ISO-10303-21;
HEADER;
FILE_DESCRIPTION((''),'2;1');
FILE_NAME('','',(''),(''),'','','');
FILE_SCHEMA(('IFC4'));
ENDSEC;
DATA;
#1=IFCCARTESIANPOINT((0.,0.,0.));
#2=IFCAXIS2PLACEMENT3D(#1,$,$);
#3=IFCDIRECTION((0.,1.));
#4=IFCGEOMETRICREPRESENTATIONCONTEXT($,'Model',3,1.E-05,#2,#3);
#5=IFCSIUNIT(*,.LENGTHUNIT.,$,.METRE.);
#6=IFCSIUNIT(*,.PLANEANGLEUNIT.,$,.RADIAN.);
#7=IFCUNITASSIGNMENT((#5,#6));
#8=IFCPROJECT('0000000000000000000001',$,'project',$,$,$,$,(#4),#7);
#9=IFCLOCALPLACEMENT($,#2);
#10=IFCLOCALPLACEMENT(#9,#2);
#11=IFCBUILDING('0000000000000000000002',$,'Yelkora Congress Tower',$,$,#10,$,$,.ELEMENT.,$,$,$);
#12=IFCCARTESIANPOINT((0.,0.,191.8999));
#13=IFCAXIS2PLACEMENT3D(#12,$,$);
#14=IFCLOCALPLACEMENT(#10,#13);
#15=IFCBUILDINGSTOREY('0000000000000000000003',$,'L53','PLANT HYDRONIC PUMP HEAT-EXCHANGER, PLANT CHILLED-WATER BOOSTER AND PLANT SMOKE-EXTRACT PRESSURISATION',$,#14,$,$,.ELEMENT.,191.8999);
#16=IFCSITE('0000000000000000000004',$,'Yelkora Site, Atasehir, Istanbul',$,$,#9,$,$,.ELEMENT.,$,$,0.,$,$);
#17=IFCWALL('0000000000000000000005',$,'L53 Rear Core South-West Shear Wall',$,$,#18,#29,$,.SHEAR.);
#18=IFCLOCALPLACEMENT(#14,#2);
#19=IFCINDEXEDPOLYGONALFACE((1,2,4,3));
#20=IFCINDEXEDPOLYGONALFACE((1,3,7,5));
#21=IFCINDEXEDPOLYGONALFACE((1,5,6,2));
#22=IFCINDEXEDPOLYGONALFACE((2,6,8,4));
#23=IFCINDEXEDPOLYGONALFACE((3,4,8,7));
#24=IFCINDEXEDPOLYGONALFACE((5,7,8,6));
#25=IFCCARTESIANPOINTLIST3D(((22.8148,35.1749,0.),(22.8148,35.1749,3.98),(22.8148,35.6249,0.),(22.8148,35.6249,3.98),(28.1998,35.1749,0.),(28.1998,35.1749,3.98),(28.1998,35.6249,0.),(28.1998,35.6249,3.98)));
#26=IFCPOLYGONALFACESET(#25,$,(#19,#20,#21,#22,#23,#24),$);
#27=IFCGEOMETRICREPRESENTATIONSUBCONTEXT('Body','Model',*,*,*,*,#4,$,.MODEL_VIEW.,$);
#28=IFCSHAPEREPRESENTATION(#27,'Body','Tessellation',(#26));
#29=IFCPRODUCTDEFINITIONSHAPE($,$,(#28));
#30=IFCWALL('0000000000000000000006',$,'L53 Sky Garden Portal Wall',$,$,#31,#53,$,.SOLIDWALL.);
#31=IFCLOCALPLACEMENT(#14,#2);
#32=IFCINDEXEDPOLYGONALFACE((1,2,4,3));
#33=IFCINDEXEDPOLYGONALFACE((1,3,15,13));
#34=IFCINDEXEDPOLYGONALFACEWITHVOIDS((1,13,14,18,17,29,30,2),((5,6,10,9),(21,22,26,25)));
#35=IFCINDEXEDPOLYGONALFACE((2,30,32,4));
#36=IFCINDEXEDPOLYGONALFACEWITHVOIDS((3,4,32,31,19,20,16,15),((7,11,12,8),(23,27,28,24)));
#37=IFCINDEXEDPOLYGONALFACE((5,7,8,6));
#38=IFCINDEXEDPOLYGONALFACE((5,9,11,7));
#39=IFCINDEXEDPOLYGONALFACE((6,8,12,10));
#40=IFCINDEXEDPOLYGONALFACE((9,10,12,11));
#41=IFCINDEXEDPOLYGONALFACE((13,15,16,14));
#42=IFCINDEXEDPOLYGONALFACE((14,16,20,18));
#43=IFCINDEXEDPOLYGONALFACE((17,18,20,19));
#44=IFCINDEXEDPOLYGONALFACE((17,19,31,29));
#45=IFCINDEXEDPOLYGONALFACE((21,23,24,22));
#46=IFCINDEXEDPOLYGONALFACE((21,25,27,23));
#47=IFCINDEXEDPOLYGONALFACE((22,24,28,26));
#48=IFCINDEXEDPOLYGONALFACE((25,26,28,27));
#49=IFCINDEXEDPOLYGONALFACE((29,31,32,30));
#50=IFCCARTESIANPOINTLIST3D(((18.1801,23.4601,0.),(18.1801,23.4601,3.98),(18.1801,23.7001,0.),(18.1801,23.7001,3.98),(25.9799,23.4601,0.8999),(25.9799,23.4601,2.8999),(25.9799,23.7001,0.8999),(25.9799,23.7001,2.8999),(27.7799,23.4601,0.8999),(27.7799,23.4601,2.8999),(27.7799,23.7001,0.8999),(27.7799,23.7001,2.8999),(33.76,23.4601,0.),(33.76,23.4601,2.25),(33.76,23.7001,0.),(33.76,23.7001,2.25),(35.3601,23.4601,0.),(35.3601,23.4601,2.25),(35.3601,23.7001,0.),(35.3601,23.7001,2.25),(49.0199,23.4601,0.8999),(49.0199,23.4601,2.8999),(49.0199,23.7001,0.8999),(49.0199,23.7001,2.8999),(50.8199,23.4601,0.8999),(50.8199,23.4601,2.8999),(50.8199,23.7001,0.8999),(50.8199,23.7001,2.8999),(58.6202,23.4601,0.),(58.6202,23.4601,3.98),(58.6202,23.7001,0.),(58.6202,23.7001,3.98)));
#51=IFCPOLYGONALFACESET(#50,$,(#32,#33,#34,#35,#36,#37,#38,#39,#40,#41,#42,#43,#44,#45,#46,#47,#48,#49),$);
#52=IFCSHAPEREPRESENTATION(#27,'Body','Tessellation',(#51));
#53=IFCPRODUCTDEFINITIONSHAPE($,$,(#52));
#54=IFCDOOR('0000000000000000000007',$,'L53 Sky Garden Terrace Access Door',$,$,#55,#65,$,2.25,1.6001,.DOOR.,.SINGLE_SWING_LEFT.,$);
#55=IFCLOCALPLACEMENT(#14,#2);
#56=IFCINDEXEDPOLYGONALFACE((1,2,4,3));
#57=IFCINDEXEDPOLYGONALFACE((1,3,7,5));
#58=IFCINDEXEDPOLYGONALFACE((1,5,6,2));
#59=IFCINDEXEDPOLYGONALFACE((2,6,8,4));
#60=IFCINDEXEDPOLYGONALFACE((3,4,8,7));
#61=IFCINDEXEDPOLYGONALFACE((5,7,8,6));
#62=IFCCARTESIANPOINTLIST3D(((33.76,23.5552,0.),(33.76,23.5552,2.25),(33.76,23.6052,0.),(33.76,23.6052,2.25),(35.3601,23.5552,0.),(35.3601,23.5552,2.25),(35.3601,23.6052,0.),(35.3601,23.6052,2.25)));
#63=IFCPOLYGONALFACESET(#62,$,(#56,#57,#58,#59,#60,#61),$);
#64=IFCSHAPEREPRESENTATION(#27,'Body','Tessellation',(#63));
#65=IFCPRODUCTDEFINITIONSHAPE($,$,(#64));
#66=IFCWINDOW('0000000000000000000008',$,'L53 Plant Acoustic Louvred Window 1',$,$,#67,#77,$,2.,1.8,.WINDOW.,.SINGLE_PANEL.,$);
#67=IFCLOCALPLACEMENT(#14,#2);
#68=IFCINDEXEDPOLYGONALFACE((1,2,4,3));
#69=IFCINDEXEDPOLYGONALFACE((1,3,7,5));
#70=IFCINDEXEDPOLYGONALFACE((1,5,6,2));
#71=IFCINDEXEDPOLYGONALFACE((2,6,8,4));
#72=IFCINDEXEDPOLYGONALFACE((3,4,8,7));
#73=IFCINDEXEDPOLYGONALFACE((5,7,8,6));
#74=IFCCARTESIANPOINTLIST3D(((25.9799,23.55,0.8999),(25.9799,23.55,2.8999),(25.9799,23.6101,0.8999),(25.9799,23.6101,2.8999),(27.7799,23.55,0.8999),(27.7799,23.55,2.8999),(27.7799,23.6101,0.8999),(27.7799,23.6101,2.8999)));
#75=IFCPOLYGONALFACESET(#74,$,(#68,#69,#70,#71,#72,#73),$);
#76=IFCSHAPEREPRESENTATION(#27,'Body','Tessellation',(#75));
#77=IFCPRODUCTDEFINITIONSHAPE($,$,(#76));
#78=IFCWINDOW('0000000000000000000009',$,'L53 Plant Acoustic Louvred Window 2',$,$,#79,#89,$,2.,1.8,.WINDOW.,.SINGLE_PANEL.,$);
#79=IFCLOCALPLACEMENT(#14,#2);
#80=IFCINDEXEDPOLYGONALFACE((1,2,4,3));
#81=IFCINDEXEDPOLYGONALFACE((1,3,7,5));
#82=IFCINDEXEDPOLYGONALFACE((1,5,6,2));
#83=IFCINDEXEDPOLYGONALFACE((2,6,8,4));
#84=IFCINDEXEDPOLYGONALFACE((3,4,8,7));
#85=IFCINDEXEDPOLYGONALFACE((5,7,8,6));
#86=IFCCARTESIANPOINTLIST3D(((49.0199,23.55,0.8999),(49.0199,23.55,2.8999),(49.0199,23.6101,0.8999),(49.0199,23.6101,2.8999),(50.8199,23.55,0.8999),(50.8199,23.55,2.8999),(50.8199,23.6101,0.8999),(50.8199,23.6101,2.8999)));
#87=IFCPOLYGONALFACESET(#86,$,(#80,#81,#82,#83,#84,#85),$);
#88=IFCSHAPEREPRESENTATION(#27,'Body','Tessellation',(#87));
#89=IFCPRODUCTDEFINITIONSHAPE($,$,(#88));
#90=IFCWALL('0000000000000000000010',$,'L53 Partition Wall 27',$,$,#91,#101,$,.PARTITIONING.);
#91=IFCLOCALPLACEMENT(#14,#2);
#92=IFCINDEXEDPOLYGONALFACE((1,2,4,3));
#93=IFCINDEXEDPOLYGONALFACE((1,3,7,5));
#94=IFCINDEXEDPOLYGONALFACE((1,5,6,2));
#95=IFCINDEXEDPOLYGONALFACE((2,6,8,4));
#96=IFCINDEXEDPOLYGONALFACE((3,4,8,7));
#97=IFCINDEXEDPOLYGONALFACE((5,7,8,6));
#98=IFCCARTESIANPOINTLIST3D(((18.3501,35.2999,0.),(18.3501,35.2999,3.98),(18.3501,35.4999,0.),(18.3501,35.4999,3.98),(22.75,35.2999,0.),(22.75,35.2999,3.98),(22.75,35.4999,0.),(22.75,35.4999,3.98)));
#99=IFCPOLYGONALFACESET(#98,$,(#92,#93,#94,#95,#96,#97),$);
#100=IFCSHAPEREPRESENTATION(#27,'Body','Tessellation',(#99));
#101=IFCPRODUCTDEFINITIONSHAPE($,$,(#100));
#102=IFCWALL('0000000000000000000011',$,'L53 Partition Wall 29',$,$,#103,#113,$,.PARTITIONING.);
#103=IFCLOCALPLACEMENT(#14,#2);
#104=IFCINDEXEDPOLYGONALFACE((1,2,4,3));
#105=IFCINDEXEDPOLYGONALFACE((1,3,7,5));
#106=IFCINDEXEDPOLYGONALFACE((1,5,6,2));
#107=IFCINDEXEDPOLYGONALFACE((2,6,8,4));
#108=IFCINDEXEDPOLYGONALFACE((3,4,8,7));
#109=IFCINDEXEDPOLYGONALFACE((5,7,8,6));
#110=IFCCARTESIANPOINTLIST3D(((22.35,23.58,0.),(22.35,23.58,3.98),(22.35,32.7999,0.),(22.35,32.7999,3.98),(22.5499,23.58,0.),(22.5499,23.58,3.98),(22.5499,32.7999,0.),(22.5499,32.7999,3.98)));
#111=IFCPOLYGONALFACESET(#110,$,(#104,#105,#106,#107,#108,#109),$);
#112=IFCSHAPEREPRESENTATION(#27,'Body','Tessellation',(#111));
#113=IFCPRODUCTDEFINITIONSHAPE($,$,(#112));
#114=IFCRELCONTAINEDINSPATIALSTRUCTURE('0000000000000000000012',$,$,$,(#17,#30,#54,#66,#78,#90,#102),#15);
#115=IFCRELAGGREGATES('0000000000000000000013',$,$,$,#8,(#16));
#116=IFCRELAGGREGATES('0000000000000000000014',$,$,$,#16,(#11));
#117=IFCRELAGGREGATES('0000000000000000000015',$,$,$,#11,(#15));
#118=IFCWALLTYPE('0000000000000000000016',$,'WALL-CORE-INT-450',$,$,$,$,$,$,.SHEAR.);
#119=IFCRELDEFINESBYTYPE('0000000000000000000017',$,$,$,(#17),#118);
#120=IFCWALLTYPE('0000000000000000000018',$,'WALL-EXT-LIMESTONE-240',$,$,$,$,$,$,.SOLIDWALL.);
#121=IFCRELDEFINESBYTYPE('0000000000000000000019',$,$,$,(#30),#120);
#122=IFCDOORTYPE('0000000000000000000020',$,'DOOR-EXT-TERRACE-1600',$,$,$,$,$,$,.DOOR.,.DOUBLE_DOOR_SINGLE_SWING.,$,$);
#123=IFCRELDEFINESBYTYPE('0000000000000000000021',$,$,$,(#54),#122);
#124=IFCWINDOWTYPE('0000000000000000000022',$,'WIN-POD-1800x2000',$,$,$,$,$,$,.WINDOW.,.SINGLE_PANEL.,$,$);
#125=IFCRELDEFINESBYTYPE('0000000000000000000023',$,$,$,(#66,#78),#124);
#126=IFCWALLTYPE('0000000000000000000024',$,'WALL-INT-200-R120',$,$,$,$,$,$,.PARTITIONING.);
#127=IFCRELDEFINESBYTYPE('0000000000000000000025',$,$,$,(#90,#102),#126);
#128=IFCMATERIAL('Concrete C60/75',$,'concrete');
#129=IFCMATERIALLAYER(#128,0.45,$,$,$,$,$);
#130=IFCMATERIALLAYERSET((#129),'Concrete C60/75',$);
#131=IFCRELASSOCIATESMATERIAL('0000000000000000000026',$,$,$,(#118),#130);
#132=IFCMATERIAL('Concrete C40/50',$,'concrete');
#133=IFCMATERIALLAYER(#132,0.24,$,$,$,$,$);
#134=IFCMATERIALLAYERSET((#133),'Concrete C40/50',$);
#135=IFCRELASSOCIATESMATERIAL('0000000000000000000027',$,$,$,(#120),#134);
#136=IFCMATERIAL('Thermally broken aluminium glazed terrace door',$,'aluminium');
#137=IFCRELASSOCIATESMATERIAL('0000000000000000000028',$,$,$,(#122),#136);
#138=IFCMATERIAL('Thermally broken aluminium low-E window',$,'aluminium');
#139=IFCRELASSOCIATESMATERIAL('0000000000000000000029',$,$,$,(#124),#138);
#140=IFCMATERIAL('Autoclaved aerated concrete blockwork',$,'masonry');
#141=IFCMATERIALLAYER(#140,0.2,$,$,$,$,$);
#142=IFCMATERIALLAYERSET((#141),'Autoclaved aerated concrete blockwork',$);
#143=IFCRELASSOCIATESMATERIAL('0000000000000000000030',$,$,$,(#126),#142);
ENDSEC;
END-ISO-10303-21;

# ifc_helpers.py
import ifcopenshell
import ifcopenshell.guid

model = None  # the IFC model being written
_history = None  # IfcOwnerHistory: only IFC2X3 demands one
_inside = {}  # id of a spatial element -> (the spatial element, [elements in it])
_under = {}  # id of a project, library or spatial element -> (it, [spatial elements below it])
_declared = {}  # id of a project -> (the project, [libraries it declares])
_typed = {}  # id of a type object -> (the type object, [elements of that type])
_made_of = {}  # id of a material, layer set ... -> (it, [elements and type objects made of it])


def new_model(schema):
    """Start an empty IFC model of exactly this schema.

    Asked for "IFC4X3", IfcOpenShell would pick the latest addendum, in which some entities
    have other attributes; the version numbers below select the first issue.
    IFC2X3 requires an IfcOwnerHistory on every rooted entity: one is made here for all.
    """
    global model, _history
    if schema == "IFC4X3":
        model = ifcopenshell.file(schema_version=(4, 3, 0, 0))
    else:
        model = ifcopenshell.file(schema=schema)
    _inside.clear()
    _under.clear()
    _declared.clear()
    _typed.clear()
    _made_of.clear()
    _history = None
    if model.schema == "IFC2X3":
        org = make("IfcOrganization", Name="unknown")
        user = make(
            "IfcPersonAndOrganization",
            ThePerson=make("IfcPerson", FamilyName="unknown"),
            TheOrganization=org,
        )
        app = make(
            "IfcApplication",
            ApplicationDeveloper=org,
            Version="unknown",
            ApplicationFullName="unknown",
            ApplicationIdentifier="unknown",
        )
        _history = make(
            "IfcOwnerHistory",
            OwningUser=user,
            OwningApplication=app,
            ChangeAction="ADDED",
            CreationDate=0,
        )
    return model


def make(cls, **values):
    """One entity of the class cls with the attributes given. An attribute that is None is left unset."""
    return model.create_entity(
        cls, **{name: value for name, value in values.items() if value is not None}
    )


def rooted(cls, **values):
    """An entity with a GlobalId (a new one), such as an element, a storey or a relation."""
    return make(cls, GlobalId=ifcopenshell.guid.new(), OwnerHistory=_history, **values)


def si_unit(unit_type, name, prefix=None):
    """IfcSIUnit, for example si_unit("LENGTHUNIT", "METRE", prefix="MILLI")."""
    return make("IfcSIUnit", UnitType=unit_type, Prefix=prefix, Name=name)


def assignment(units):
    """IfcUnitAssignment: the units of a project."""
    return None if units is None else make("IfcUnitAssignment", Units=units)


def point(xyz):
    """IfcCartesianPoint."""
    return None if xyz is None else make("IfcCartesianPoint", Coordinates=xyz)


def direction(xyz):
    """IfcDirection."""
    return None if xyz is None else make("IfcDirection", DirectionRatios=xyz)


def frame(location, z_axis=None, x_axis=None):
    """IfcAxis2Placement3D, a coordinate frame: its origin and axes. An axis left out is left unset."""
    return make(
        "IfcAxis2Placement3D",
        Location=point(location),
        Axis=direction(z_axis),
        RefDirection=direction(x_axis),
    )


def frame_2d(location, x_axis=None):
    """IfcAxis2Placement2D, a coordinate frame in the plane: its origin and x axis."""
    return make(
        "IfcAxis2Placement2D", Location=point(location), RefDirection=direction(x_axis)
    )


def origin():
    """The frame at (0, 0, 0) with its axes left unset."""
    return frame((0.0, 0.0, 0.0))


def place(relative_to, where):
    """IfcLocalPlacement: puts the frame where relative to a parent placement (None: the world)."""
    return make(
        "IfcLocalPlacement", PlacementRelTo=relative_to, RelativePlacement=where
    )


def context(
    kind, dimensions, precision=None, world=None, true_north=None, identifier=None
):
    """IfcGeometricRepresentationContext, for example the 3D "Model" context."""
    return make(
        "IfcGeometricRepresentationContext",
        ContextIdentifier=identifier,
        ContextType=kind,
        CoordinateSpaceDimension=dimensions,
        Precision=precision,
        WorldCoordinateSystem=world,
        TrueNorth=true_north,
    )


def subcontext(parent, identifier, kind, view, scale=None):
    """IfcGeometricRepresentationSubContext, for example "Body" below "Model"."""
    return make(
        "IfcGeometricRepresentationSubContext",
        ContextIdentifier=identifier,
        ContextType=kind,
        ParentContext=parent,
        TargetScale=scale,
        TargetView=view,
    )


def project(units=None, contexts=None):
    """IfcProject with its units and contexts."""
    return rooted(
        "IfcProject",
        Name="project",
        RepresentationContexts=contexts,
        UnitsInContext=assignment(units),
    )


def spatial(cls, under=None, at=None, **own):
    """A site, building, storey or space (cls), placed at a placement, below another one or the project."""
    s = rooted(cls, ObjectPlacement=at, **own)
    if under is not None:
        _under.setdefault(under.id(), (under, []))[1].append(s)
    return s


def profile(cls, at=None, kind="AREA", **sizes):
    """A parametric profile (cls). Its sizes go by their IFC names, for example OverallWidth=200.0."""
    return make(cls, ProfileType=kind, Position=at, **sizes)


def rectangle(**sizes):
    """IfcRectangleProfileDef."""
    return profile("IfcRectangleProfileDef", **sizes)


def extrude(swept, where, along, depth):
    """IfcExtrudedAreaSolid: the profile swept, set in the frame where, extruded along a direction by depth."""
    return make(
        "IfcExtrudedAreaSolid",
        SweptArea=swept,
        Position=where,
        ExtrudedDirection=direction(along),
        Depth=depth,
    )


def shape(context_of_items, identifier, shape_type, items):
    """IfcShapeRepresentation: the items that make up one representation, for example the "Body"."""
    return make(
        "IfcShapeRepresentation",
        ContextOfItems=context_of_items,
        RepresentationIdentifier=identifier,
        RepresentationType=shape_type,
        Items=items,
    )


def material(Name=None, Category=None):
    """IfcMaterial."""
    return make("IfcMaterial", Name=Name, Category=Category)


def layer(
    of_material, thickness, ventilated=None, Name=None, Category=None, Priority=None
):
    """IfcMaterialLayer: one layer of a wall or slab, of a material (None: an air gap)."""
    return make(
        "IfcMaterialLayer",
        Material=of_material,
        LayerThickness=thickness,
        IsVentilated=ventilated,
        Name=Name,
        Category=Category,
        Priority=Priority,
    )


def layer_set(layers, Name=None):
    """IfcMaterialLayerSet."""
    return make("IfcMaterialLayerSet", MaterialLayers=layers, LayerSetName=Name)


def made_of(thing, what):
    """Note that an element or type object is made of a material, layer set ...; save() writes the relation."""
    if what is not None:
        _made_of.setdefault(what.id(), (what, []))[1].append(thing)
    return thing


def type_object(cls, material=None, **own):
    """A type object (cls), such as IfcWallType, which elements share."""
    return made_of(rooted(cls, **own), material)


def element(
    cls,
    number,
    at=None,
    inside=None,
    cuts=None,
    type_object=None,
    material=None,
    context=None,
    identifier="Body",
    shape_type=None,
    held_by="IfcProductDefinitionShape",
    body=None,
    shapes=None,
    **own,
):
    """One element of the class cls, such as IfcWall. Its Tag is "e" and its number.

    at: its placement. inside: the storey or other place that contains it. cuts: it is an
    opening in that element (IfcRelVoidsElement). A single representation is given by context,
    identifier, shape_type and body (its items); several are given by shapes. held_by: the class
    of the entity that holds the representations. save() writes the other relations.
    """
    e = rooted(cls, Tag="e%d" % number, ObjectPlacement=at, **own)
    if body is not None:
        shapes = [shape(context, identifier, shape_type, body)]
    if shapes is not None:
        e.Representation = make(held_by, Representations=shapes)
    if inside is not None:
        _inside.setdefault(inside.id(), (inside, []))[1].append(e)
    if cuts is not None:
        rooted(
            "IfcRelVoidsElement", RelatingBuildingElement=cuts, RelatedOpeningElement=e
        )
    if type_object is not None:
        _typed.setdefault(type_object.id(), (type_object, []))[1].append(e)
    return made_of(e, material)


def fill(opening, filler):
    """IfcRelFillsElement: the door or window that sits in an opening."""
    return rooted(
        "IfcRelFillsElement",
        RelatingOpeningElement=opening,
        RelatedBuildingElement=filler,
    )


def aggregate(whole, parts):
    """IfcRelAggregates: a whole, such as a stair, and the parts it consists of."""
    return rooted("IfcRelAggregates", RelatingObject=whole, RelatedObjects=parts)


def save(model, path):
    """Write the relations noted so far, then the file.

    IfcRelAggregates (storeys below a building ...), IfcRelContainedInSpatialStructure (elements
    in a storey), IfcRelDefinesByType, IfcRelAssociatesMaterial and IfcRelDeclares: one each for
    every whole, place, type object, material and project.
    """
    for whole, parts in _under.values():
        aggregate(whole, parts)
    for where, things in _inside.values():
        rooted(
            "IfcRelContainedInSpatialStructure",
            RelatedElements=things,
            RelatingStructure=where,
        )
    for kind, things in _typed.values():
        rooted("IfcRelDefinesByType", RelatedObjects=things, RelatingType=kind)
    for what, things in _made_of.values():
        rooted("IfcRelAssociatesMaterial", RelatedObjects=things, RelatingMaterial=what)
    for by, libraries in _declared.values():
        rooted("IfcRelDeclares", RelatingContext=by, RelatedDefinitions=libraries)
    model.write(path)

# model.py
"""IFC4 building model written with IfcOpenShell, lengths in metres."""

from ifc_helpers import new_model, si_unit, direction, frame, frame_2d, origin, place, context, subcontext, project, spatial, rectangle, extrude, material, layer, layer_set, type_object, element, fill, save


model = new_model("IFC4")

# Units and contexts
model_context = context("Model", 3, precision=1e-05, world=origin(), true_north=direction((0.0, 1.0)))
body_context = subcontext(model_context, "Body", "Model", "MODEL_VIEW")
ifc_project = project(units=[si_unit("LENGTHUNIT", "METRE"), si_unit("PLANEANGLEUNIT", "RADIAN")], contexts=[model_context])

# Site, building, storey
site_placement = place(None, origin())
site = spatial("IfcSite", under=ifc_project, at=site_placement, Name="Yelkora Site, Atasehir, Istanbul", CompositionType="ELEMENT", RefElevation=0.0)
building_placement = place(site_placement, origin())
building = spatial("IfcBuilding", under=site, at=building_placement, Name="Yelkora Congress Tower", CompositionType="ELEMENT")
storey_placement = place(building_placement, frame((0.0, 0.0, 191.8999)))
storey = spatial("IfcBuildingStorey", under=building, at=storey_placement, Name="L53", Description="PLANT HYDRONIC PUMP HEAT-EXCHANGER, PLANT CHILLED-WATER BOOSTER AND PLANT SMOKE-EXTRACT PRESSURISATION", CompositionType="ELEMENT", Elevation=191.8999)

# Shared definitions
ifc_material_1 = material(Name="Concrete C40/50", Category="concrete")

# Shared definitions
ifc_material_2 = material(Name="Concrete C60/75", Category="concrete")

# Wall
ifc_layer_1 = layer(ifc_material_2, 0.45)
ifc_layer_set_1 = layer_set([ifc_layer_1], Name="Concrete C60/75")
wall_type_1 = type_object("IfcWallType", Name="WALL-CORE-INT-450", PredefinedType="SHEAR", material=ifc_layer_set_1)
wall_1_placement = place(storey_placement, frame((22.8149, 35.3999, 0.0), z_axis=(0.0, 0.0, 1.0), x_axis=(1.0, 0.0, 0.0)))
element("IfcWall", 1, at=wall_1_placement, inside=storey, type_object=wall_type_1, Name="L53 Rear Core South-West Shear Wall", PredefinedType="SHEAR", context=body_context, shape_type="SweptSolid", body=[
    extrude(rectangle(XDim=5.385, YDim=0.45, at=frame_2d((2.6924, 0.0))), origin(), (0.0, 0.0, 1.0), 3.98),
])

# Wall, openings, door, windows
ifc_layer_2 = layer(ifc_material_1, 0.24)
ifc_layer_set_2 = layer_set([ifc_layer_2], Name="Concrete C40/50")
wall_type_2 = type_object("IfcWallType", Name="WALL-EXT-LIMESTONE-240", PredefinedType="SOLIDWALL", material=ifc_layer_set_2)
wall_2_placement = place(storey_placement, frame((18.1799, 23.5801, 0.0), z_axis=(0.0, 0.0, 1.0), x_axis=(1.0, 0.0, 0.0)))
wall_2 = element("IfcWall", 2, at=wall_2_placement, inside=storey, type_object=wall_type_2, Name="L53 Sky Garden Portal Wall", PredefinedType="SOLIDWALL", context=body_context, shape_type="SweptSolid", body=[
    extrude(rectangle(XDim=40.4402, YDim=0.24, at=frame_2d((20.2202, 0.0))), origin(), (0.0, 0.0, 1.0), 3.98),
])
opening_1_placement = place(wall_2_placement, frame((15.5801, 0.0, 0.0)))
opening_1 = element("IfcOpeningElement", 3, at=opening_1_placement, cuts=wall_2, PredefinedType="OPENING", context=body_context, shape_type="SweptSolid", body=[
    extrude(rectangle(XDim=1.6001, YDim=2.25, at=frame_2d((0.8, 1.125))), frame((0.0, 0.1299, 0.0), z_axis=(0.0, -1.0, 0.0), x_axis=(1.0, 0.0, 0.0)), (0.0, 0.0, 1.0), 0.26),
])
opening_2_placement = place(wall_2_placement, frame((7.8, 0.0, 0.8999)))
opening_2 = element("IfcOpeningElement", 4, at=opening_2_placement, cuts=wall_2, PredefinedType="OPENING", context=body_context, shape_type="SweptSolid", body=[
    extrude(rectangle(XDim=1.8, YDim=2.0, at=frame_2d((0.8999, 1.0))), frame((0.0, 0.1299, 0.0), z_axis=(0.0, -1.0, 0.0), x_axis=(1.0, 0.0, 0.0)), (0.0, 0.0, 1.0), 0.26),
])
opening_3_placement = place(wall_2_placement, frame((30.8401, 0.0, 0.8999)))
opening_3 = element("IfcOpeningElement", 5, at=opening_3_placement, cuts=wall_2, PredefinedType="OPENING", context=body_context, shape_type="SweptSolid", body=[
    extrude(rectangle(XDim=1.8, YDim=2.0, at=frame_2d((0.8999, 1.0))), frame((0.0, 0.1299, 0.0), z_axis=(0.0, -1.0, 0.0), x_axis=(1.0, 0.0, 0.0)), (0.0, 0.0, 1.0), 0.26),
])
ifc_material_3 = material(Name="Thermally broken aluminium glazed terrace door", Category="aluminium")
door_type_1 = type_object("IfcDoorType", Name="DOOR-EXT-TERRACE-1600", OperationType="DOUBLE_DOOR_SINGLE_SWING", PredefinedType="DOOR", material=ifc_material_3)
door_1_placement = place(opening_1_placement, frame((1.6001, 0.0, 0.0), z_axis=(0.0, 0.0, 1.0), x_axis=(-1.0, 0.0, 0.0)))
door_1 = element("IfcDoor", 6, at=door_1_placement, inside=storey, type_object=door_type_1, Name="L53 Sky Garden Terrace Access Door", OperationType="SINGLE_SWING_LEFT", OverallHeight=2.25, OverallWidth=1.6001, PredefinedType="DOOR", context=body_context, shape_type="SweptSolid", body=[
    extrude(rectangle(XDim=1.6001, YDim=2.25, at=frame_2d((0.8, 1.125))), frame((0.0, 0.0249, 0.0), z_axis=(0.0, -1.0, 0.0), x_axis=(1.0, 0.0, 0.0)), (0.0, 0.0, 1.0), 0.05),
])
fill(opening_1, door_1)
ifc_material_4 = material(Name="Thermally broken aluminium low-E window", Category="aluminium")
window_type = type_object("IfcWindowType", Name="WIN-POD-1800x2000", PartitioningType="SINGLE_PANEL", PredefinedType="WINDOW", material=ifc_material_4)
window_1_placement = place(opening_2_placement, origin())
window_1 = element("IfcWindow", 7, at=window_1_placement, inside=storey, type_object=window_type, Name="L53 Plant Acoustic Louvred Window 1", OverallHeight=2.0, OverallWidth=1.8, PartitioningType="SINGLE_PANEL", PredefinedType="WINDOW", context=body_context, shape_type="SweptSolid", body=[
    extrude(rectangle(XDim=1.8, YDim=2.0, at=frame_2d((0.8999, 1.0))), frame((0.0, 0.03, 0.0), z_axis=(0.0, -1.0, 0.0), x_axis=(1.0, 0.0, 0.0)), (0.0, 0.0, 1.0), 0.0601),
])
fill(opening_2, window_1)
window_2_placement = place(opening_3_placement, origin())
window_2 = element("IfcWindow", 8, at=window_2_placement, inside=storey, type_object=window_type, Name="L53 Plant Acoustic Louvred Window 2", OverallHeight=2.0, OverallWidth=1.8, PartitioningType="SINGLE_PANEL", PredefinedType="WINDOW", context=body_context, shape_type="SweptSolid", body=[
    extrude(rectangle(XDim=1.8, YDim=2.0, at=frame_2d((0.8999, 1.0))), frame((0.0, 0.03, 0.0), z_axis=(0.0, -1.0, 0.0), x_axis=(1.0, 0.0, 0.0)), (0.0, 0.0, 1.0), 0.0601),
])
fill(opening_3, window_2)

# Walls
ifc_material_5 = material(Name="Autoclaved aerated concrete blockwork", Category="masonry")
ifc_layer_3 = layer(ifc_material_5, 0.2)
ifc_layer_set_3 = layer_set([ifc_layer_3], Name="Autoclaved aerated concrete blockwork")
wall_type_3 = type_object("IfcWallType", Name="WALL-INT-200-R120", PredefinedType="PARTITIONING", material=ifc_layer_set_3)
wall_3_placement = place(storey_placement, frame((18.3501, 35.3999, 0.0), z_axis=(0.0, 0.0, 1.0), x_axis=(1.0, 0.0, 0.0)))
element("IfcWall", 9, at=wall_3_placement, inside=storey, type_object=wall_type_3, Name="L53 Partition Wall 27", PredefinedType="PARTITIONING", context=body_context, shape_type="SweptSolid", body=[
    extrude(rectangle(XDim=4.3999, YDim=0.2, at=frame_2d((2.2, 0.0))), origin(), (0.0, 0.0, 1.0), 3.98),
])
wall_4_placement = place(storey_placement, frame((22.45, 23.5801, 0.0), z_axis=(0.0, 0.0, 1.0), x_axis=(0.0, 1.0, 0.0)))
element("IfcWall", 10, at=wall_4_placement, inside=storey, type_object=wall_type_3, Name="L53 Partition Wall 29", PredefinedType="PARTITIONING", context=body_context, shape_type="SweptSolid", body=[
    extrude(rectangle(XDim=9.22, YDim=0.2, at=frame_2d((4.6099, 0.0))), origin(), (0.0, 0.0, 1.0), 3.98),
])

save(model, "model.ifc")
